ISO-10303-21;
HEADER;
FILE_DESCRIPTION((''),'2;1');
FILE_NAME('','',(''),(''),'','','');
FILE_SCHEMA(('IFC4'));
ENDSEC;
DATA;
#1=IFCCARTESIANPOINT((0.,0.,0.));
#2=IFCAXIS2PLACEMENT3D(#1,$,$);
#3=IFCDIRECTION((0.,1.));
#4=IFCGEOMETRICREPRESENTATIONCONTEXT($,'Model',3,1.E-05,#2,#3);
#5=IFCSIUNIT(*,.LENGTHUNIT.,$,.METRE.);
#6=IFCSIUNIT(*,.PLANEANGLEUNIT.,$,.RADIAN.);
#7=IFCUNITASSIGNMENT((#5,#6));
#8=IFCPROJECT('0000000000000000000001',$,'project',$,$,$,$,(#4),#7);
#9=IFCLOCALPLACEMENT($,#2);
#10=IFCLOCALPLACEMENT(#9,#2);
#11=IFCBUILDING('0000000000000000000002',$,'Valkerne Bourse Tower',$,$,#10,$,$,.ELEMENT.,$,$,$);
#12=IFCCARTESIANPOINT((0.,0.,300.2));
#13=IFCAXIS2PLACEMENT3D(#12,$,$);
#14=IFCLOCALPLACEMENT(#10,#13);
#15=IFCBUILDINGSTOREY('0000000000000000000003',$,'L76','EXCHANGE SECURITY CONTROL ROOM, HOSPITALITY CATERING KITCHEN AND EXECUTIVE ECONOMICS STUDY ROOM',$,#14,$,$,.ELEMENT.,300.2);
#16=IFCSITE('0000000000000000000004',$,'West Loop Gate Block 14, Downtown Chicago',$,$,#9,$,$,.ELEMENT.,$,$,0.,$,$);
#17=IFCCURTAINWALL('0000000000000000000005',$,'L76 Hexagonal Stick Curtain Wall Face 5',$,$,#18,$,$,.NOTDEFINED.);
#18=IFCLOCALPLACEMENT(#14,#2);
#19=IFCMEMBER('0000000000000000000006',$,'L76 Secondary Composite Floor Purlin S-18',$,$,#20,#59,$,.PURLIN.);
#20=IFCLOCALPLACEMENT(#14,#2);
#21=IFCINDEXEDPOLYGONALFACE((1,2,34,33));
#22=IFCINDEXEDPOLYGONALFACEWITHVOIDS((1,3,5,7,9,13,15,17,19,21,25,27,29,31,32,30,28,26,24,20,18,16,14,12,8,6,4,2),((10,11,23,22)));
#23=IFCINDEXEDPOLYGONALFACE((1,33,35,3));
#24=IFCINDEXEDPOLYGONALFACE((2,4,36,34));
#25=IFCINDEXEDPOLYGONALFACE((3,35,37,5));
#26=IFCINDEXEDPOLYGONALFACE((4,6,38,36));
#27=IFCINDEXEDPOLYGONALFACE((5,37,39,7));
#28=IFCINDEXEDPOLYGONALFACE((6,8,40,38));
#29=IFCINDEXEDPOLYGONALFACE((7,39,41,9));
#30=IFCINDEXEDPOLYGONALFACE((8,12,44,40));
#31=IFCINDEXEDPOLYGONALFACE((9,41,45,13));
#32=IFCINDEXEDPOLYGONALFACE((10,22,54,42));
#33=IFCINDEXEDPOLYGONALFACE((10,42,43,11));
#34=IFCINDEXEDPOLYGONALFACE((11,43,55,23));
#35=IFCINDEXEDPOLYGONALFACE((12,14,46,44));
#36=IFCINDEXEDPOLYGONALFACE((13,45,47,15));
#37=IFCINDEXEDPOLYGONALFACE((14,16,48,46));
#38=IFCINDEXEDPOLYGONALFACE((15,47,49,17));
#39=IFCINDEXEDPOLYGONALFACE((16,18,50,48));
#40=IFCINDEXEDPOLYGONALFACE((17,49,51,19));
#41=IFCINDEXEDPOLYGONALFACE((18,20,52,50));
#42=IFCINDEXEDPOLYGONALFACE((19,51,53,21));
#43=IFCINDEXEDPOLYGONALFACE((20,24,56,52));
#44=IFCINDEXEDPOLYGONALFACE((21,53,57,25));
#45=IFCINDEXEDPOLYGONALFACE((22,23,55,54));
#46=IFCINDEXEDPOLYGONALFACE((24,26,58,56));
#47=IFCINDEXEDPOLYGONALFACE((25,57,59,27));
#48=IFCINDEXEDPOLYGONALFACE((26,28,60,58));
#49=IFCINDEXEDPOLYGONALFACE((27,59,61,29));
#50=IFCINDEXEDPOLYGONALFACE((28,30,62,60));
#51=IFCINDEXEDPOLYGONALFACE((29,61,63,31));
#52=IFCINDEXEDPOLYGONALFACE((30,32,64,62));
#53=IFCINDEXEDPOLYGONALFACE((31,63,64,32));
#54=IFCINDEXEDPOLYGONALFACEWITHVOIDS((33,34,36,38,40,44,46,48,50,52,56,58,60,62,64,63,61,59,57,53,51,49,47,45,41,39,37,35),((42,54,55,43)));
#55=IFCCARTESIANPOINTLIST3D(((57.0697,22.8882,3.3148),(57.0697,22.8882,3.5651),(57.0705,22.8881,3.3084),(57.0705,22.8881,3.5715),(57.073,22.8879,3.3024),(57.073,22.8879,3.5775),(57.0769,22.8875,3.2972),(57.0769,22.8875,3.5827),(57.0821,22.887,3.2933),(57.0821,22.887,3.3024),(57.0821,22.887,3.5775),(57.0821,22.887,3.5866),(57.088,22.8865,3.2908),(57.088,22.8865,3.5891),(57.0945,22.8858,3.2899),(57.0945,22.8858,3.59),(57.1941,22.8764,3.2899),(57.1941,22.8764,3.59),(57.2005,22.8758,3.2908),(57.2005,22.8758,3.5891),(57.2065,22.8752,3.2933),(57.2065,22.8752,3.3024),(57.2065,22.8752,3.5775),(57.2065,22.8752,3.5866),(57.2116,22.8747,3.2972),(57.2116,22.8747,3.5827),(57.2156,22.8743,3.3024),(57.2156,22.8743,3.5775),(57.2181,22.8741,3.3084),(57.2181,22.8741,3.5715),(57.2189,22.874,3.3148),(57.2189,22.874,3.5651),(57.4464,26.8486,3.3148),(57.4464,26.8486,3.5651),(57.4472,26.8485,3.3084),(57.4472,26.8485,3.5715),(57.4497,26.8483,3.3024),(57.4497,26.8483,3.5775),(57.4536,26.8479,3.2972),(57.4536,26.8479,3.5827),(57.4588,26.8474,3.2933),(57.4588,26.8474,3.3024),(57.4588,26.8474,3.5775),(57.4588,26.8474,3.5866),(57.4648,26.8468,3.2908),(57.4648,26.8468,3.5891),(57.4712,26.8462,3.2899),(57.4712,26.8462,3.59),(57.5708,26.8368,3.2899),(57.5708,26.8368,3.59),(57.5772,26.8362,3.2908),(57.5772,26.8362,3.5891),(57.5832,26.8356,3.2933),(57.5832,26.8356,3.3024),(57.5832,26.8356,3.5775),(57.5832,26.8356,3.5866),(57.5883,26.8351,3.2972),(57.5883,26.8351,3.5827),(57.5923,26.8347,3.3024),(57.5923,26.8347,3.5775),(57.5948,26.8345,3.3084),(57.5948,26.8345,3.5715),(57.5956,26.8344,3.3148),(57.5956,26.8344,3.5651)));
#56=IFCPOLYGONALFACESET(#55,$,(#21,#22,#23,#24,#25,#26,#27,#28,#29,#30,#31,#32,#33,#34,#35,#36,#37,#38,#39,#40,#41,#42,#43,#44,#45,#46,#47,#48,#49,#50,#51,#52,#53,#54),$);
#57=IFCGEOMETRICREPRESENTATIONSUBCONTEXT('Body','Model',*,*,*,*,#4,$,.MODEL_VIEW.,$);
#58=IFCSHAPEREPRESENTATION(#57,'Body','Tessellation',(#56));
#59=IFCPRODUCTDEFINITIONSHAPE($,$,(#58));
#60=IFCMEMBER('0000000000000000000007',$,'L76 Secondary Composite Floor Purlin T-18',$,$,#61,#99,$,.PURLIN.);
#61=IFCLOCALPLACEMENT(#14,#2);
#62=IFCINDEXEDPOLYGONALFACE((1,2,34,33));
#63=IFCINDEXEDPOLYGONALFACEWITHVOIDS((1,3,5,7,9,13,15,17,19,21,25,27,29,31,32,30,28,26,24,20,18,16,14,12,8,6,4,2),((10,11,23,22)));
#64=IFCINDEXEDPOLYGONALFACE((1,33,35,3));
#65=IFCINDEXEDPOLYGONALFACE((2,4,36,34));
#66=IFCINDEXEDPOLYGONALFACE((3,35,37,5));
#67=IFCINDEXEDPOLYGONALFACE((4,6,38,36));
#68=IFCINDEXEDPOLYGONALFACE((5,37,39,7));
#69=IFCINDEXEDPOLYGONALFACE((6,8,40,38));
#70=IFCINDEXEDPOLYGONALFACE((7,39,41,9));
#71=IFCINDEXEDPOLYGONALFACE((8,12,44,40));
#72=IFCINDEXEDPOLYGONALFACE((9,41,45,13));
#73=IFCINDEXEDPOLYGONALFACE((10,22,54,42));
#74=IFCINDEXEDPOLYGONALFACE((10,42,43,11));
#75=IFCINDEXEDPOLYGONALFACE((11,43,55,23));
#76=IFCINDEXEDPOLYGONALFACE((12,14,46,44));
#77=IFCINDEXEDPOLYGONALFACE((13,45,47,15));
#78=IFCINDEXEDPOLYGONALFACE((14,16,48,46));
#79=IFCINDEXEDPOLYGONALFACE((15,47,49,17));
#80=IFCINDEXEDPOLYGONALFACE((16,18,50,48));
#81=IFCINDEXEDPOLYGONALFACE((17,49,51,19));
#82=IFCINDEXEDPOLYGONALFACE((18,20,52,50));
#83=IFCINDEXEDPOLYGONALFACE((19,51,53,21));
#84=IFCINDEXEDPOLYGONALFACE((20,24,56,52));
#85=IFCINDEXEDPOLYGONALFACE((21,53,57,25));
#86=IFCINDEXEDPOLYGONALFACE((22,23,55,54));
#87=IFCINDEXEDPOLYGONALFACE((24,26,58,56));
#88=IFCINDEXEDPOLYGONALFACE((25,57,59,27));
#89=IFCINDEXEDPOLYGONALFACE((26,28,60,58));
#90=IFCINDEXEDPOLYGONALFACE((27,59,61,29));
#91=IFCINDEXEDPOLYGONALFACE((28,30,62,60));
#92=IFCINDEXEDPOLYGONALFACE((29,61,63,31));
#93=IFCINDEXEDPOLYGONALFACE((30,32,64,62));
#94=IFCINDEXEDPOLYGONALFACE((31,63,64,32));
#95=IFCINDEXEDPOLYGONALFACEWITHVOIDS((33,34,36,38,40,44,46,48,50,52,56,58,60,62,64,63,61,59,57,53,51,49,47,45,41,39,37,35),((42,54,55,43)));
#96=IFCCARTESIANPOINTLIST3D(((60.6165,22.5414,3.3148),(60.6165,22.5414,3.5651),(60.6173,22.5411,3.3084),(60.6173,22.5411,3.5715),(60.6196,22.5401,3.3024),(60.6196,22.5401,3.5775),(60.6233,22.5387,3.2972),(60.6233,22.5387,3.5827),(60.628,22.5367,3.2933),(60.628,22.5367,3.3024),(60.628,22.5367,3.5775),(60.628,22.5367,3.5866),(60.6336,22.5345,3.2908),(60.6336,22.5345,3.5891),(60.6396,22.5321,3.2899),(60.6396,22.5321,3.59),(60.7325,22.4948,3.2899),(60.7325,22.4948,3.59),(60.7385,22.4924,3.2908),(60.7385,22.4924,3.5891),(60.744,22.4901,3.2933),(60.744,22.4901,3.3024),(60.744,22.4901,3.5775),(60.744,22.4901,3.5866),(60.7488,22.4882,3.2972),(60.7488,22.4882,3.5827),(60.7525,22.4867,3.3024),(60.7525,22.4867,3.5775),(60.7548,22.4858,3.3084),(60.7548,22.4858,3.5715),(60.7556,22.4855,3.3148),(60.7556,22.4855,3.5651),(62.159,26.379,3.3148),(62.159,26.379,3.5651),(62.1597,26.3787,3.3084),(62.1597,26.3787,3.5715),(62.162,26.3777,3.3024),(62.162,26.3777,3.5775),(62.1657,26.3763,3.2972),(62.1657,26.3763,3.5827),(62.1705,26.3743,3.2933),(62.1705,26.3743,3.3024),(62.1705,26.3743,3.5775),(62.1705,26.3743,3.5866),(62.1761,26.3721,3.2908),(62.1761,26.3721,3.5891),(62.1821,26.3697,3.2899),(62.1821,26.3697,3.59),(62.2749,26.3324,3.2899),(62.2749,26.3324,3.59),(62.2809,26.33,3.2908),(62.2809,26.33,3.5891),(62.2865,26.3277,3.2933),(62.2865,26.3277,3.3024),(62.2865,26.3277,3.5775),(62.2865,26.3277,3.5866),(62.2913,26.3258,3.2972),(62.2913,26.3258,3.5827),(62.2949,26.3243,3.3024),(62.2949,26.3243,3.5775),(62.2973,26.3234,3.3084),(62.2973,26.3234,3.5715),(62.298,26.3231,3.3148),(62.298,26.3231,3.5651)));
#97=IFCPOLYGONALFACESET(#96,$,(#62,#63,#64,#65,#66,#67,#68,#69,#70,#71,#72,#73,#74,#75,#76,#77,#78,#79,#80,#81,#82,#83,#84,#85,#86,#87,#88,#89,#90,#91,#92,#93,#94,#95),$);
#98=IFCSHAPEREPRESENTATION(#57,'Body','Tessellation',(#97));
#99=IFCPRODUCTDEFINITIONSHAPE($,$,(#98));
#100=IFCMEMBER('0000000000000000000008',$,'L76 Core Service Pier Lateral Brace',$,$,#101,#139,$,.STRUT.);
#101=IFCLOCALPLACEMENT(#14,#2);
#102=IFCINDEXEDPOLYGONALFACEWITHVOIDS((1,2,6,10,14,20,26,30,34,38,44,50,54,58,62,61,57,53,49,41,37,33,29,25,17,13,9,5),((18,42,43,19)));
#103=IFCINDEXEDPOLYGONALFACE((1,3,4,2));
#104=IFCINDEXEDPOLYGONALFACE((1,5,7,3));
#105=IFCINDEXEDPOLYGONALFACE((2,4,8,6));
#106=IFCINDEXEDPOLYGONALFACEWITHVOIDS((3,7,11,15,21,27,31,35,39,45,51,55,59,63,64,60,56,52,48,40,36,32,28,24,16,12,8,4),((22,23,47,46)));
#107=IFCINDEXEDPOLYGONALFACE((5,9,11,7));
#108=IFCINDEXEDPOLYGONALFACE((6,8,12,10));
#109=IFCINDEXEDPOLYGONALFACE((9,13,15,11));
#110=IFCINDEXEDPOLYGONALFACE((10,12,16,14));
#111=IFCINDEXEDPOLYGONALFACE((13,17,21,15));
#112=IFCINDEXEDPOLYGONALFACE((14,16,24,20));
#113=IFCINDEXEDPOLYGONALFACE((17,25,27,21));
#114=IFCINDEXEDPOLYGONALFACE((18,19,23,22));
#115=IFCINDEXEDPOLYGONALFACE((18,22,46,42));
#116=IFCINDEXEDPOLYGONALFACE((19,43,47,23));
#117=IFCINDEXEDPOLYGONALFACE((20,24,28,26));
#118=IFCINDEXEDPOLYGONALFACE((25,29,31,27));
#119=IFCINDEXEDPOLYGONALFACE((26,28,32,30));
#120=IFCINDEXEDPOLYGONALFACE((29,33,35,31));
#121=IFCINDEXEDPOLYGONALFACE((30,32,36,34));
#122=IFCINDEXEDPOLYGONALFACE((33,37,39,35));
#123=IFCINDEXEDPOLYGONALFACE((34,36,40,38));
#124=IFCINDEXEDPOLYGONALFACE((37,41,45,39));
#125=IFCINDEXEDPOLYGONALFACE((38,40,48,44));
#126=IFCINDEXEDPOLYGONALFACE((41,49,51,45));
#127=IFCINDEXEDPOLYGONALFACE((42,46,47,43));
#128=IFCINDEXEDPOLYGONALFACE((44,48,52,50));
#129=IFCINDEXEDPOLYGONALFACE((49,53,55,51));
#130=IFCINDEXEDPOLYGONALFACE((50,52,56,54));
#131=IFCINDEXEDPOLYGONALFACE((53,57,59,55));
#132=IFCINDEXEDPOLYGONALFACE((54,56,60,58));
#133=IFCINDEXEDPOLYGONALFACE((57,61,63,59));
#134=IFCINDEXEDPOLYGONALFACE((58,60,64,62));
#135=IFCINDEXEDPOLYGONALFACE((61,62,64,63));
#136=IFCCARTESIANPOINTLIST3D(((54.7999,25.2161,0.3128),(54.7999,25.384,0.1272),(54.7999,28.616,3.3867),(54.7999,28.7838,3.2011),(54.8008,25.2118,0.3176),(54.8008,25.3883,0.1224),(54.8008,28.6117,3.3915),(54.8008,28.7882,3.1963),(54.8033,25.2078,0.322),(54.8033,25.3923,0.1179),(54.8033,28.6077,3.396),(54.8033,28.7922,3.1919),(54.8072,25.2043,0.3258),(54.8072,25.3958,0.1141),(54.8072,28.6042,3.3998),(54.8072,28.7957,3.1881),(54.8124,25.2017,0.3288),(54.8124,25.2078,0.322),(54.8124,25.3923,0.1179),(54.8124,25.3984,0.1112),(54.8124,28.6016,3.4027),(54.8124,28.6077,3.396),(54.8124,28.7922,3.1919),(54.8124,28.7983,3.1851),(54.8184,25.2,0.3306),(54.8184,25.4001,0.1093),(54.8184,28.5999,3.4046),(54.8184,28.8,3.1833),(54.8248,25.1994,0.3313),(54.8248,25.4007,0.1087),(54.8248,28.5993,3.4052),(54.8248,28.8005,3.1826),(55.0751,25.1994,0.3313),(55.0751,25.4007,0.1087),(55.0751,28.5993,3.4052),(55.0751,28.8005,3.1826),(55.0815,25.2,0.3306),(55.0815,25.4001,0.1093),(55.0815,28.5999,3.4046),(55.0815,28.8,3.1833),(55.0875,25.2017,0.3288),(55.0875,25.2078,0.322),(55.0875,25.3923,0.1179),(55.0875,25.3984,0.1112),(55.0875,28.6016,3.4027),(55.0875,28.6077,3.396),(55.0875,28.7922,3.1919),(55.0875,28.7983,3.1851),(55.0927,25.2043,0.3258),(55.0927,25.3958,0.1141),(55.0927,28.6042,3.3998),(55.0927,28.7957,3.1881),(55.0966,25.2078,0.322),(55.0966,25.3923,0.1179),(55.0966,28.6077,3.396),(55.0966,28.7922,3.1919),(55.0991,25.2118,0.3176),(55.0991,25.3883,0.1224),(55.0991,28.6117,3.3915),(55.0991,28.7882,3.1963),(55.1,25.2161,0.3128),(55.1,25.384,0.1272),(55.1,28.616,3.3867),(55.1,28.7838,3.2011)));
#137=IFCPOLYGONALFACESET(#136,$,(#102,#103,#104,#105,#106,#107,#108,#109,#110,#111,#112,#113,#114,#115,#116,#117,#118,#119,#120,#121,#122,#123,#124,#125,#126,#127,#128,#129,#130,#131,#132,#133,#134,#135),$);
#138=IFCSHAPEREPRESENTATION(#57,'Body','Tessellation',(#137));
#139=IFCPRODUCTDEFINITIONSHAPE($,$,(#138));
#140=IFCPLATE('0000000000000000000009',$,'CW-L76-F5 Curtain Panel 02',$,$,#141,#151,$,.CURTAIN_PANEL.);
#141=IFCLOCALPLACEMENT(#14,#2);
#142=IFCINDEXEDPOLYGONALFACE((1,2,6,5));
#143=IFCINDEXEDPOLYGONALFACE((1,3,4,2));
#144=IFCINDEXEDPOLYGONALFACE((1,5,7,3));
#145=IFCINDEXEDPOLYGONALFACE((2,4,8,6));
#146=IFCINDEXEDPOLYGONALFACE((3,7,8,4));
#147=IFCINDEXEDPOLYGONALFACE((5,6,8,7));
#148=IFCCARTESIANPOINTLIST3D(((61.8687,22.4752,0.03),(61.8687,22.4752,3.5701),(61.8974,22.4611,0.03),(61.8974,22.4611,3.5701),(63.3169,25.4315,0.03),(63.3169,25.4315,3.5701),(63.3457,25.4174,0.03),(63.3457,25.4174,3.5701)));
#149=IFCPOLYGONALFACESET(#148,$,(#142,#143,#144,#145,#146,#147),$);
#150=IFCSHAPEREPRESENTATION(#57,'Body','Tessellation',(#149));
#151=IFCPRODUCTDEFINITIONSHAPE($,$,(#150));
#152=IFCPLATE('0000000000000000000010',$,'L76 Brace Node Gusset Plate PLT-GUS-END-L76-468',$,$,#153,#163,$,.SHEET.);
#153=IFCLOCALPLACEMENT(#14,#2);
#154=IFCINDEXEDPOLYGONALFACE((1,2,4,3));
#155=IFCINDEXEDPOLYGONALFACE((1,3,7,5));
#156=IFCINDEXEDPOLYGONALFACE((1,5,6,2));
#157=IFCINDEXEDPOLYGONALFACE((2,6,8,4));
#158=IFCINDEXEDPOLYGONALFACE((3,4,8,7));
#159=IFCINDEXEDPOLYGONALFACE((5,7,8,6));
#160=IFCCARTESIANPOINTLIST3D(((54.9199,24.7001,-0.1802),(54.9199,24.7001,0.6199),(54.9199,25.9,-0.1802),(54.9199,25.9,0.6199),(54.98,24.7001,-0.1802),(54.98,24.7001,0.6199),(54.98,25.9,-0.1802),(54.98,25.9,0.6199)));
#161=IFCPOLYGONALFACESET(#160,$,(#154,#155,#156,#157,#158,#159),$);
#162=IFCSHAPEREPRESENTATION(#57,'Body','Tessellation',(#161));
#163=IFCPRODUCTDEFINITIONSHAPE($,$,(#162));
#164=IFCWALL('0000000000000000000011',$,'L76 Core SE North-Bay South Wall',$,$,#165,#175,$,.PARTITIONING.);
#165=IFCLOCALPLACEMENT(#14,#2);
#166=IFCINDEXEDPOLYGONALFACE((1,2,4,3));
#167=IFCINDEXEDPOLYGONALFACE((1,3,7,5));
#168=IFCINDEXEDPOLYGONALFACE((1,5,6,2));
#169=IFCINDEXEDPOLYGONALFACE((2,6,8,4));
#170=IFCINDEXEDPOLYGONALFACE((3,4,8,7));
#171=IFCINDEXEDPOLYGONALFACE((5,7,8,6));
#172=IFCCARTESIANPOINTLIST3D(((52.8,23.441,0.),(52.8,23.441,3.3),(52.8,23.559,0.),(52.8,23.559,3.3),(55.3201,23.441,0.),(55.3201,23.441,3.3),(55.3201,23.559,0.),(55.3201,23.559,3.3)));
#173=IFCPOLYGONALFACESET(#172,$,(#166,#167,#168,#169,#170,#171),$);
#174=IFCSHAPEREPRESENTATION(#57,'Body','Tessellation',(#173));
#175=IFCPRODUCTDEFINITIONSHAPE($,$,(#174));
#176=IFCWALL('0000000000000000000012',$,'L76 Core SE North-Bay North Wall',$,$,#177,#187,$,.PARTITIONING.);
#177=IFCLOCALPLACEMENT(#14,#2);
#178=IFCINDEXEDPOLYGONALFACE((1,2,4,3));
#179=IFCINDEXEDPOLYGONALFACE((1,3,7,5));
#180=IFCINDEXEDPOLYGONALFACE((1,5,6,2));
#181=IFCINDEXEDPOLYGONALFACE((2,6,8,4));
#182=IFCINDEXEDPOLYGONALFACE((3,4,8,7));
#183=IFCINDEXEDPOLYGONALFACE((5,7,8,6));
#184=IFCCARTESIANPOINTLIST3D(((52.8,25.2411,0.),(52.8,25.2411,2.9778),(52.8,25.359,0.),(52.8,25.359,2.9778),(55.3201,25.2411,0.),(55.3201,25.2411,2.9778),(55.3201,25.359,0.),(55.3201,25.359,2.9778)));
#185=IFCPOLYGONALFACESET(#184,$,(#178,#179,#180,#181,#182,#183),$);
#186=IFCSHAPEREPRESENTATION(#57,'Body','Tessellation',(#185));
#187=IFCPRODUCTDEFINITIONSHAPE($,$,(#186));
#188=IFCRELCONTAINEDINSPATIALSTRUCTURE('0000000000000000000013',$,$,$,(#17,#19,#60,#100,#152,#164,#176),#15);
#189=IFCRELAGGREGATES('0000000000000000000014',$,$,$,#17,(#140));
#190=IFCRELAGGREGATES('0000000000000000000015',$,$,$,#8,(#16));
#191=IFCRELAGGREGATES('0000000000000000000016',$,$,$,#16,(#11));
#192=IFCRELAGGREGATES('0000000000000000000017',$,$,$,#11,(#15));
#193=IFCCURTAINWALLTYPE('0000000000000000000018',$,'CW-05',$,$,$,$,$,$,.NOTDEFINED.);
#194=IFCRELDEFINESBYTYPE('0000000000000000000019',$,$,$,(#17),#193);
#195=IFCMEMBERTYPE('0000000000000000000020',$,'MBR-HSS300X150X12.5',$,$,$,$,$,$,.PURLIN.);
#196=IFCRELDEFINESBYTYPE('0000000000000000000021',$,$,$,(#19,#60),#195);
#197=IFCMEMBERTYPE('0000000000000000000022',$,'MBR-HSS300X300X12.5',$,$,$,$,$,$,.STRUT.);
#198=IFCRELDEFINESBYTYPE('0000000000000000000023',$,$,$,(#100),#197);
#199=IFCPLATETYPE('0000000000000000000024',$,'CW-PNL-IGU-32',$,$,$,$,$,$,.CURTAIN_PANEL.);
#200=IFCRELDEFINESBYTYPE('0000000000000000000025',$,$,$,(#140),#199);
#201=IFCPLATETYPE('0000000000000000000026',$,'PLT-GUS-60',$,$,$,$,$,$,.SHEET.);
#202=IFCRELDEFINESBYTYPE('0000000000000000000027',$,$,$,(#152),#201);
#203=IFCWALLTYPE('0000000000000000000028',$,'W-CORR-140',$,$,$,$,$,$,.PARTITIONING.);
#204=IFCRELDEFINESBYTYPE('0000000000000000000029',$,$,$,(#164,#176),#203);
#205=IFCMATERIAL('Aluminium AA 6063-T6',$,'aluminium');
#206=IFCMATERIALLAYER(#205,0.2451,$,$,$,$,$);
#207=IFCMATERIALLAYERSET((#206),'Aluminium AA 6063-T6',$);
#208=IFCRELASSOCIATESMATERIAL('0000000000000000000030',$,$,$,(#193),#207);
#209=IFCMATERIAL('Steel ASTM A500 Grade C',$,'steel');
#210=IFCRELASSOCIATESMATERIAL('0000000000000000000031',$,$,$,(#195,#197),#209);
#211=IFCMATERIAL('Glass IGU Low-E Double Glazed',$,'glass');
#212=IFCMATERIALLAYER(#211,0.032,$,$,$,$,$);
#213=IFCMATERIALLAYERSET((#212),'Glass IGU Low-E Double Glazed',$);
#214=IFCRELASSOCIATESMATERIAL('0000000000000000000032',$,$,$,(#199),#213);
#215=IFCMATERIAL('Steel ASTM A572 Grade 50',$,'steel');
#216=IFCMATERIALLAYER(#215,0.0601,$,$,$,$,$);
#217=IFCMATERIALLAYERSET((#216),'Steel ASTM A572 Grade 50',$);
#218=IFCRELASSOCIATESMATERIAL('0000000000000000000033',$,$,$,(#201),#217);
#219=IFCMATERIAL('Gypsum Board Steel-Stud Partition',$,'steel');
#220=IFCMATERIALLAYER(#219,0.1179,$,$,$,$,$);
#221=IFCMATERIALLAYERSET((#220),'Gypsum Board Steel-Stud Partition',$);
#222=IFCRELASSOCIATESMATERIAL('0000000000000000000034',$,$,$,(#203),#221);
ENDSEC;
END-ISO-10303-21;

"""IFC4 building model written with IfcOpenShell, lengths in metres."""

from ifc_helpers import new_model, si_unit, direction, frame, frame_2d, origin, origin_2d, place, context, subcontext, project, spatial, rectangle, hollow_rectangle, extrude, material, layer, layer_set, material_profile, profile_set, type_object, element, aggregate, save


model = new_model("IFC4")

# Units and contexts
model_context = context("Model", 3, precision=1e-05, world=origin(), true_north=direction((0.0, 1.0)))
body_context = subcontext(model_context, "Body", "Model", "MODEL_VIEW")
ifc_project = project(units=[si_unit("LENGTHUNIT", "METRE"), si_unit("PLANEANGLEUNIT", "RADIAN")], contexts=[model_context])

# Site, building, storey
site_placement = place(None, origin())
site = spatial("IfcSite", under=ifc_project, at=site_placement, Name="West Loop Gate Block 14, Downtown Chicago", CompositionType="ELEMENT", RefElevation=0.0)
building_placement = place(site_placement, origin())
building = spatial("IfcBuilding", under=site, at=building_placement, Name="Valkerne Bourse Tower", CompositionType="ELEMENT")
storey_placement = place(building_placement, frame((0.0, 0.0, 300.2)))
storey = spatial("IfcBuildingStorey", under=building, at=storey_placement, Name="L76", Description="EXCHANGE SECURITY CONTROL ROOM, HOSPITALITY CATERING KITCHEN AND EXECUTIVE ECONOMICS STUDY ROOM", CompositionType="ELEMENT", Elevation=300.2)

# Shared definitions
ifc_material_1 = material(Name="Steel ASTM A500 Grade C", Category="steel")

# Curtain wall
ifc_material_2 = material(Name="Aluminium AA 6063-T6", Category="aluminium")
ifc_layer_1 = layer(ifc_material_2, 0.2451)
ifc_layer_set_1 = layer_set([ifc_layer_1], Name="Aluminium AA 6063-T6")
curtain_wall_type = type_object("IfcCurtainWallType", Name="CW-05", PredefinedType="NOTDEFINED", material=ifc_layer_set_1)
curtain_wall_placement = place(storey_placement, origin())
curtain_wall = element("IfcCurtainWall", 1, at=curtain_wall_placement, inside=storey, type_object=curtain_wall_type, Name="L76 Hexagonal Stick Curtain Wall Face 5", PredefinedType="NOTDEFINED")

# Members
ifc_material_profile_1 = material_profile(ifc_material_1, hollow_rectangle(XDim=0.1499, YDim=0.3, WallThickness=0.0125, OuterFilletRadius=0.0249, at=origin_2d()), Name="HSS300X150X12.5")
ifc_profile_set_1 = profile_set([ifc_material_profile_1], Name="Steel ASTM A500 Grade C")
member_type_1 = type_object("IfcMemberType", Name="MBR-HSS300X150X12.5", PredefinedType="PURLIN", material=ifc_profile_set_1)
member_1_placement = place(storey_placement, frame((57.1443, 22.8811, 3.4399), z_axis=(0.09469, 0.995507, 0.0), x_axis=(-0.995507, 0.09469, 0.0)))
element("IfcMember", 2, at=member_1_placement, inside=storey, type_object=member_type_1, Name="L76 Secondary Composite Floor Purlin S-18", PredefinedType="PURLIN", context=body_context, shape_type="SweptSolid", body=[
    extrude(hollow_rectangle(XDim=0.1499, YDim=0.3, WallThickness=0.0125, OuterFilletRadius=0.0249, at=origin_2d()), origin(), (0.0, 0.0, 1.0), 3.9783),
])
member_2_placement = place(storey_placement, frame((60.686, 22.5134, 3.4399), z_axis=(0.372937, 0.927857, 0.0), x_axis=(-0.927857, 0.372937, 0.0)))
element("IfcMember", 3, at=member_2_placement, inside=storey, type_object=member_type_1, Name="L76 Secondary Composite Floor Purlin T-18", PredefinedType="PURLIN", context=body_context, shape_type="SweptSolid", body=[
    extrude(hollow_rectangle(XDim=0.1499, YDim=0.3, WallThickness=0.0125, OuterFilletRadius=0.0249, at=origin_2d()), origin(), (0.0, 0.0, 1.0), 4.136),
])
ifc_material_profile_2 = material_profile(ifc_material_1, hollow_rectangle(XDim=0.3, YDim=0.3, WallThickness=0.0125, OuterFilletRadius=0.0249, at=origin_2d()), Name="HSS300X300X12.5")
ifc_profile_set_2 = profile_set([ifc_material_profile_2], Name="Steel ASTM A500 Grade C")
member_type_2 = type_object("IfcMemberType", Name="MBR-HSS300X300X12.5", PredefinedType="STRUT", material=ifc_profile_set_2)
member_3_placement = place(storey_placement, frame((54.95, 25.3, 0.22), z_axis=(0.0, 0.741767, 0.670658), x_axis=(-1.0, 0.0, 0.0)))
element("IfcMember", 4, at=member_3_placement, inside=storey, type_object=member_type_2, Name="L76 Core Service Pier Lateral Brace", PredefinedType="STRUT", context=body_context, shape_type="SweptSolid", body=[
    extrude(hollow_rectangle(XDim=0.3, YDim=0.3, WallThickness=0.0125, OuterFilletRadius=0.0249, at=origin_2d()), origin(), (0.0, 0.0, 1.0), 4.5835),
])

# Plates
ifc_material_3 = material(Name="Glass IGU Low-E Double Glazed", Category="glass")
ifc_layer_2 = layer(ifc_material_3, 0.032)
ifc_layer_set_2 = layer_set([ifc_layer_2], Name="Glass IGU Low-E Double Glazed")
plate_type_1 = type_object("IfcPlateType", Name="CW-PNL-IGU-32", PredefinedType="CURTAIN_PANEL", material=ifc_layer_set_2)
plate_1_placement = place(storey_placement, frame((62.6072, 23.9463, 0.03), z_axis=(0.0, 0.0, 1.0), x_axis=(0.439934, 0.89803, 0.0)))
plate_1 = element("IfcPlate", 5, at=plate_1_placement, type_object=plate_type_1, Name="CW-L76-F5 Curtain Panel 02", PredefinedType="CURTAIN_PANEL", context=body_context, shape_type="SweptSolid", body=[
    extrude(rectangle(XDim=3.292, YDim=0.032, at=origin_2d()), origin(), (0.0, 0.0, 1.0), 3.54),
])
aggregate(curtain_wall, [plate_1])
ifc_material_4 = material(Name="Steel ASTM A572 Grade 50", Category="steel")
ifc_layer_3 = layer(ifc_material_4, 0.0601)
ifc_layer_set_3 = layer_set([ifc_layer_3], Name="Steel ASTM A572 Grade 50")
plate_type_2 = type_object("IfcPlateType", Name="PLT-GUS-60", PredefinedType="SHEET", material=ifc_layer_set_3)
plate_2_placement = place(storey_placement, frame((54.95, 25.3, -0.1802), z_axis=(0.0, 0.0, 1.0), x_axis=(0.0, 1.0, 0.0)))
element("IfcPlate", 6, at=plate_2_placement, inside=storey, type_object=plate_type_2, Name="L76 Brace Node Gusset Plate PLT-GUS-END-L76-468", PredefinedType="SHEET", context=body_context, shape_type="SweptSolid", body=[
    extrude(rectangle(XDim=1.2, YDim=0.0601, at=origin_2d()), origin(), (0.0, 0.0, 1.0), 0.8),
])

# Walls
ifc_material_5 = material(Name="Gypsum Board Steel-Stud Partition", Category="steel")
ifc_layer_4 = layer(ifc_material_5, 0.1179)
ifc_layer_set_4 = layer_set([ifc_layer_4], Name="Gypsum Board Steel-Stud Partition")
wall_type = type_object("IfcWallType", Name="W-CORR-140", PredefinedType="PARTITIONING", material=ifc_layer_set_4)
wall_1_placement = place(storey_placement, frame((52.8, 23.5, 0.0), z_axis=(0.0, 0.0, 1.0), x_axis=(1.0, 0.0, 0.0)))
element("IfcWall", 7, at=wall_1_placement, inside=storey, type_object=wall_type, Name="L76 Core SE North-Bay South Wall", PredefinedType="PARTITIONING", context=body_context, shape_type="SweptSolid", body=[
    extrude(rectangle(XDim=2.52, YDim=0.1179, at=frame_2d((1.26, 0.0))), origin(), (0.0, 0.0, 1.0), 3.3),
])
wall_2_placement = place(storey_placement, frame((52.8, 25.3, 0.0), z_axis=(0.0, 0.0, 1.0), x_axis=(1.0, 0.0, 0.0)))
element("IfcWall", 8, at=wall_2_placement, inside=storey, type_object=wall_type, Name="L76 Core SE North-Bay North Wall", PredefinedType="PARTITIONING", context=body_context, shape_type="SweptSolid", body=[
    extrude(rectangle(XDim=2.52, YDim=0.1179, at=frame_2d((1.26, 0.0))), origin(), (0.0, 0.0, 1.0), 2.9778),
])

save(model, "model.ifc")
